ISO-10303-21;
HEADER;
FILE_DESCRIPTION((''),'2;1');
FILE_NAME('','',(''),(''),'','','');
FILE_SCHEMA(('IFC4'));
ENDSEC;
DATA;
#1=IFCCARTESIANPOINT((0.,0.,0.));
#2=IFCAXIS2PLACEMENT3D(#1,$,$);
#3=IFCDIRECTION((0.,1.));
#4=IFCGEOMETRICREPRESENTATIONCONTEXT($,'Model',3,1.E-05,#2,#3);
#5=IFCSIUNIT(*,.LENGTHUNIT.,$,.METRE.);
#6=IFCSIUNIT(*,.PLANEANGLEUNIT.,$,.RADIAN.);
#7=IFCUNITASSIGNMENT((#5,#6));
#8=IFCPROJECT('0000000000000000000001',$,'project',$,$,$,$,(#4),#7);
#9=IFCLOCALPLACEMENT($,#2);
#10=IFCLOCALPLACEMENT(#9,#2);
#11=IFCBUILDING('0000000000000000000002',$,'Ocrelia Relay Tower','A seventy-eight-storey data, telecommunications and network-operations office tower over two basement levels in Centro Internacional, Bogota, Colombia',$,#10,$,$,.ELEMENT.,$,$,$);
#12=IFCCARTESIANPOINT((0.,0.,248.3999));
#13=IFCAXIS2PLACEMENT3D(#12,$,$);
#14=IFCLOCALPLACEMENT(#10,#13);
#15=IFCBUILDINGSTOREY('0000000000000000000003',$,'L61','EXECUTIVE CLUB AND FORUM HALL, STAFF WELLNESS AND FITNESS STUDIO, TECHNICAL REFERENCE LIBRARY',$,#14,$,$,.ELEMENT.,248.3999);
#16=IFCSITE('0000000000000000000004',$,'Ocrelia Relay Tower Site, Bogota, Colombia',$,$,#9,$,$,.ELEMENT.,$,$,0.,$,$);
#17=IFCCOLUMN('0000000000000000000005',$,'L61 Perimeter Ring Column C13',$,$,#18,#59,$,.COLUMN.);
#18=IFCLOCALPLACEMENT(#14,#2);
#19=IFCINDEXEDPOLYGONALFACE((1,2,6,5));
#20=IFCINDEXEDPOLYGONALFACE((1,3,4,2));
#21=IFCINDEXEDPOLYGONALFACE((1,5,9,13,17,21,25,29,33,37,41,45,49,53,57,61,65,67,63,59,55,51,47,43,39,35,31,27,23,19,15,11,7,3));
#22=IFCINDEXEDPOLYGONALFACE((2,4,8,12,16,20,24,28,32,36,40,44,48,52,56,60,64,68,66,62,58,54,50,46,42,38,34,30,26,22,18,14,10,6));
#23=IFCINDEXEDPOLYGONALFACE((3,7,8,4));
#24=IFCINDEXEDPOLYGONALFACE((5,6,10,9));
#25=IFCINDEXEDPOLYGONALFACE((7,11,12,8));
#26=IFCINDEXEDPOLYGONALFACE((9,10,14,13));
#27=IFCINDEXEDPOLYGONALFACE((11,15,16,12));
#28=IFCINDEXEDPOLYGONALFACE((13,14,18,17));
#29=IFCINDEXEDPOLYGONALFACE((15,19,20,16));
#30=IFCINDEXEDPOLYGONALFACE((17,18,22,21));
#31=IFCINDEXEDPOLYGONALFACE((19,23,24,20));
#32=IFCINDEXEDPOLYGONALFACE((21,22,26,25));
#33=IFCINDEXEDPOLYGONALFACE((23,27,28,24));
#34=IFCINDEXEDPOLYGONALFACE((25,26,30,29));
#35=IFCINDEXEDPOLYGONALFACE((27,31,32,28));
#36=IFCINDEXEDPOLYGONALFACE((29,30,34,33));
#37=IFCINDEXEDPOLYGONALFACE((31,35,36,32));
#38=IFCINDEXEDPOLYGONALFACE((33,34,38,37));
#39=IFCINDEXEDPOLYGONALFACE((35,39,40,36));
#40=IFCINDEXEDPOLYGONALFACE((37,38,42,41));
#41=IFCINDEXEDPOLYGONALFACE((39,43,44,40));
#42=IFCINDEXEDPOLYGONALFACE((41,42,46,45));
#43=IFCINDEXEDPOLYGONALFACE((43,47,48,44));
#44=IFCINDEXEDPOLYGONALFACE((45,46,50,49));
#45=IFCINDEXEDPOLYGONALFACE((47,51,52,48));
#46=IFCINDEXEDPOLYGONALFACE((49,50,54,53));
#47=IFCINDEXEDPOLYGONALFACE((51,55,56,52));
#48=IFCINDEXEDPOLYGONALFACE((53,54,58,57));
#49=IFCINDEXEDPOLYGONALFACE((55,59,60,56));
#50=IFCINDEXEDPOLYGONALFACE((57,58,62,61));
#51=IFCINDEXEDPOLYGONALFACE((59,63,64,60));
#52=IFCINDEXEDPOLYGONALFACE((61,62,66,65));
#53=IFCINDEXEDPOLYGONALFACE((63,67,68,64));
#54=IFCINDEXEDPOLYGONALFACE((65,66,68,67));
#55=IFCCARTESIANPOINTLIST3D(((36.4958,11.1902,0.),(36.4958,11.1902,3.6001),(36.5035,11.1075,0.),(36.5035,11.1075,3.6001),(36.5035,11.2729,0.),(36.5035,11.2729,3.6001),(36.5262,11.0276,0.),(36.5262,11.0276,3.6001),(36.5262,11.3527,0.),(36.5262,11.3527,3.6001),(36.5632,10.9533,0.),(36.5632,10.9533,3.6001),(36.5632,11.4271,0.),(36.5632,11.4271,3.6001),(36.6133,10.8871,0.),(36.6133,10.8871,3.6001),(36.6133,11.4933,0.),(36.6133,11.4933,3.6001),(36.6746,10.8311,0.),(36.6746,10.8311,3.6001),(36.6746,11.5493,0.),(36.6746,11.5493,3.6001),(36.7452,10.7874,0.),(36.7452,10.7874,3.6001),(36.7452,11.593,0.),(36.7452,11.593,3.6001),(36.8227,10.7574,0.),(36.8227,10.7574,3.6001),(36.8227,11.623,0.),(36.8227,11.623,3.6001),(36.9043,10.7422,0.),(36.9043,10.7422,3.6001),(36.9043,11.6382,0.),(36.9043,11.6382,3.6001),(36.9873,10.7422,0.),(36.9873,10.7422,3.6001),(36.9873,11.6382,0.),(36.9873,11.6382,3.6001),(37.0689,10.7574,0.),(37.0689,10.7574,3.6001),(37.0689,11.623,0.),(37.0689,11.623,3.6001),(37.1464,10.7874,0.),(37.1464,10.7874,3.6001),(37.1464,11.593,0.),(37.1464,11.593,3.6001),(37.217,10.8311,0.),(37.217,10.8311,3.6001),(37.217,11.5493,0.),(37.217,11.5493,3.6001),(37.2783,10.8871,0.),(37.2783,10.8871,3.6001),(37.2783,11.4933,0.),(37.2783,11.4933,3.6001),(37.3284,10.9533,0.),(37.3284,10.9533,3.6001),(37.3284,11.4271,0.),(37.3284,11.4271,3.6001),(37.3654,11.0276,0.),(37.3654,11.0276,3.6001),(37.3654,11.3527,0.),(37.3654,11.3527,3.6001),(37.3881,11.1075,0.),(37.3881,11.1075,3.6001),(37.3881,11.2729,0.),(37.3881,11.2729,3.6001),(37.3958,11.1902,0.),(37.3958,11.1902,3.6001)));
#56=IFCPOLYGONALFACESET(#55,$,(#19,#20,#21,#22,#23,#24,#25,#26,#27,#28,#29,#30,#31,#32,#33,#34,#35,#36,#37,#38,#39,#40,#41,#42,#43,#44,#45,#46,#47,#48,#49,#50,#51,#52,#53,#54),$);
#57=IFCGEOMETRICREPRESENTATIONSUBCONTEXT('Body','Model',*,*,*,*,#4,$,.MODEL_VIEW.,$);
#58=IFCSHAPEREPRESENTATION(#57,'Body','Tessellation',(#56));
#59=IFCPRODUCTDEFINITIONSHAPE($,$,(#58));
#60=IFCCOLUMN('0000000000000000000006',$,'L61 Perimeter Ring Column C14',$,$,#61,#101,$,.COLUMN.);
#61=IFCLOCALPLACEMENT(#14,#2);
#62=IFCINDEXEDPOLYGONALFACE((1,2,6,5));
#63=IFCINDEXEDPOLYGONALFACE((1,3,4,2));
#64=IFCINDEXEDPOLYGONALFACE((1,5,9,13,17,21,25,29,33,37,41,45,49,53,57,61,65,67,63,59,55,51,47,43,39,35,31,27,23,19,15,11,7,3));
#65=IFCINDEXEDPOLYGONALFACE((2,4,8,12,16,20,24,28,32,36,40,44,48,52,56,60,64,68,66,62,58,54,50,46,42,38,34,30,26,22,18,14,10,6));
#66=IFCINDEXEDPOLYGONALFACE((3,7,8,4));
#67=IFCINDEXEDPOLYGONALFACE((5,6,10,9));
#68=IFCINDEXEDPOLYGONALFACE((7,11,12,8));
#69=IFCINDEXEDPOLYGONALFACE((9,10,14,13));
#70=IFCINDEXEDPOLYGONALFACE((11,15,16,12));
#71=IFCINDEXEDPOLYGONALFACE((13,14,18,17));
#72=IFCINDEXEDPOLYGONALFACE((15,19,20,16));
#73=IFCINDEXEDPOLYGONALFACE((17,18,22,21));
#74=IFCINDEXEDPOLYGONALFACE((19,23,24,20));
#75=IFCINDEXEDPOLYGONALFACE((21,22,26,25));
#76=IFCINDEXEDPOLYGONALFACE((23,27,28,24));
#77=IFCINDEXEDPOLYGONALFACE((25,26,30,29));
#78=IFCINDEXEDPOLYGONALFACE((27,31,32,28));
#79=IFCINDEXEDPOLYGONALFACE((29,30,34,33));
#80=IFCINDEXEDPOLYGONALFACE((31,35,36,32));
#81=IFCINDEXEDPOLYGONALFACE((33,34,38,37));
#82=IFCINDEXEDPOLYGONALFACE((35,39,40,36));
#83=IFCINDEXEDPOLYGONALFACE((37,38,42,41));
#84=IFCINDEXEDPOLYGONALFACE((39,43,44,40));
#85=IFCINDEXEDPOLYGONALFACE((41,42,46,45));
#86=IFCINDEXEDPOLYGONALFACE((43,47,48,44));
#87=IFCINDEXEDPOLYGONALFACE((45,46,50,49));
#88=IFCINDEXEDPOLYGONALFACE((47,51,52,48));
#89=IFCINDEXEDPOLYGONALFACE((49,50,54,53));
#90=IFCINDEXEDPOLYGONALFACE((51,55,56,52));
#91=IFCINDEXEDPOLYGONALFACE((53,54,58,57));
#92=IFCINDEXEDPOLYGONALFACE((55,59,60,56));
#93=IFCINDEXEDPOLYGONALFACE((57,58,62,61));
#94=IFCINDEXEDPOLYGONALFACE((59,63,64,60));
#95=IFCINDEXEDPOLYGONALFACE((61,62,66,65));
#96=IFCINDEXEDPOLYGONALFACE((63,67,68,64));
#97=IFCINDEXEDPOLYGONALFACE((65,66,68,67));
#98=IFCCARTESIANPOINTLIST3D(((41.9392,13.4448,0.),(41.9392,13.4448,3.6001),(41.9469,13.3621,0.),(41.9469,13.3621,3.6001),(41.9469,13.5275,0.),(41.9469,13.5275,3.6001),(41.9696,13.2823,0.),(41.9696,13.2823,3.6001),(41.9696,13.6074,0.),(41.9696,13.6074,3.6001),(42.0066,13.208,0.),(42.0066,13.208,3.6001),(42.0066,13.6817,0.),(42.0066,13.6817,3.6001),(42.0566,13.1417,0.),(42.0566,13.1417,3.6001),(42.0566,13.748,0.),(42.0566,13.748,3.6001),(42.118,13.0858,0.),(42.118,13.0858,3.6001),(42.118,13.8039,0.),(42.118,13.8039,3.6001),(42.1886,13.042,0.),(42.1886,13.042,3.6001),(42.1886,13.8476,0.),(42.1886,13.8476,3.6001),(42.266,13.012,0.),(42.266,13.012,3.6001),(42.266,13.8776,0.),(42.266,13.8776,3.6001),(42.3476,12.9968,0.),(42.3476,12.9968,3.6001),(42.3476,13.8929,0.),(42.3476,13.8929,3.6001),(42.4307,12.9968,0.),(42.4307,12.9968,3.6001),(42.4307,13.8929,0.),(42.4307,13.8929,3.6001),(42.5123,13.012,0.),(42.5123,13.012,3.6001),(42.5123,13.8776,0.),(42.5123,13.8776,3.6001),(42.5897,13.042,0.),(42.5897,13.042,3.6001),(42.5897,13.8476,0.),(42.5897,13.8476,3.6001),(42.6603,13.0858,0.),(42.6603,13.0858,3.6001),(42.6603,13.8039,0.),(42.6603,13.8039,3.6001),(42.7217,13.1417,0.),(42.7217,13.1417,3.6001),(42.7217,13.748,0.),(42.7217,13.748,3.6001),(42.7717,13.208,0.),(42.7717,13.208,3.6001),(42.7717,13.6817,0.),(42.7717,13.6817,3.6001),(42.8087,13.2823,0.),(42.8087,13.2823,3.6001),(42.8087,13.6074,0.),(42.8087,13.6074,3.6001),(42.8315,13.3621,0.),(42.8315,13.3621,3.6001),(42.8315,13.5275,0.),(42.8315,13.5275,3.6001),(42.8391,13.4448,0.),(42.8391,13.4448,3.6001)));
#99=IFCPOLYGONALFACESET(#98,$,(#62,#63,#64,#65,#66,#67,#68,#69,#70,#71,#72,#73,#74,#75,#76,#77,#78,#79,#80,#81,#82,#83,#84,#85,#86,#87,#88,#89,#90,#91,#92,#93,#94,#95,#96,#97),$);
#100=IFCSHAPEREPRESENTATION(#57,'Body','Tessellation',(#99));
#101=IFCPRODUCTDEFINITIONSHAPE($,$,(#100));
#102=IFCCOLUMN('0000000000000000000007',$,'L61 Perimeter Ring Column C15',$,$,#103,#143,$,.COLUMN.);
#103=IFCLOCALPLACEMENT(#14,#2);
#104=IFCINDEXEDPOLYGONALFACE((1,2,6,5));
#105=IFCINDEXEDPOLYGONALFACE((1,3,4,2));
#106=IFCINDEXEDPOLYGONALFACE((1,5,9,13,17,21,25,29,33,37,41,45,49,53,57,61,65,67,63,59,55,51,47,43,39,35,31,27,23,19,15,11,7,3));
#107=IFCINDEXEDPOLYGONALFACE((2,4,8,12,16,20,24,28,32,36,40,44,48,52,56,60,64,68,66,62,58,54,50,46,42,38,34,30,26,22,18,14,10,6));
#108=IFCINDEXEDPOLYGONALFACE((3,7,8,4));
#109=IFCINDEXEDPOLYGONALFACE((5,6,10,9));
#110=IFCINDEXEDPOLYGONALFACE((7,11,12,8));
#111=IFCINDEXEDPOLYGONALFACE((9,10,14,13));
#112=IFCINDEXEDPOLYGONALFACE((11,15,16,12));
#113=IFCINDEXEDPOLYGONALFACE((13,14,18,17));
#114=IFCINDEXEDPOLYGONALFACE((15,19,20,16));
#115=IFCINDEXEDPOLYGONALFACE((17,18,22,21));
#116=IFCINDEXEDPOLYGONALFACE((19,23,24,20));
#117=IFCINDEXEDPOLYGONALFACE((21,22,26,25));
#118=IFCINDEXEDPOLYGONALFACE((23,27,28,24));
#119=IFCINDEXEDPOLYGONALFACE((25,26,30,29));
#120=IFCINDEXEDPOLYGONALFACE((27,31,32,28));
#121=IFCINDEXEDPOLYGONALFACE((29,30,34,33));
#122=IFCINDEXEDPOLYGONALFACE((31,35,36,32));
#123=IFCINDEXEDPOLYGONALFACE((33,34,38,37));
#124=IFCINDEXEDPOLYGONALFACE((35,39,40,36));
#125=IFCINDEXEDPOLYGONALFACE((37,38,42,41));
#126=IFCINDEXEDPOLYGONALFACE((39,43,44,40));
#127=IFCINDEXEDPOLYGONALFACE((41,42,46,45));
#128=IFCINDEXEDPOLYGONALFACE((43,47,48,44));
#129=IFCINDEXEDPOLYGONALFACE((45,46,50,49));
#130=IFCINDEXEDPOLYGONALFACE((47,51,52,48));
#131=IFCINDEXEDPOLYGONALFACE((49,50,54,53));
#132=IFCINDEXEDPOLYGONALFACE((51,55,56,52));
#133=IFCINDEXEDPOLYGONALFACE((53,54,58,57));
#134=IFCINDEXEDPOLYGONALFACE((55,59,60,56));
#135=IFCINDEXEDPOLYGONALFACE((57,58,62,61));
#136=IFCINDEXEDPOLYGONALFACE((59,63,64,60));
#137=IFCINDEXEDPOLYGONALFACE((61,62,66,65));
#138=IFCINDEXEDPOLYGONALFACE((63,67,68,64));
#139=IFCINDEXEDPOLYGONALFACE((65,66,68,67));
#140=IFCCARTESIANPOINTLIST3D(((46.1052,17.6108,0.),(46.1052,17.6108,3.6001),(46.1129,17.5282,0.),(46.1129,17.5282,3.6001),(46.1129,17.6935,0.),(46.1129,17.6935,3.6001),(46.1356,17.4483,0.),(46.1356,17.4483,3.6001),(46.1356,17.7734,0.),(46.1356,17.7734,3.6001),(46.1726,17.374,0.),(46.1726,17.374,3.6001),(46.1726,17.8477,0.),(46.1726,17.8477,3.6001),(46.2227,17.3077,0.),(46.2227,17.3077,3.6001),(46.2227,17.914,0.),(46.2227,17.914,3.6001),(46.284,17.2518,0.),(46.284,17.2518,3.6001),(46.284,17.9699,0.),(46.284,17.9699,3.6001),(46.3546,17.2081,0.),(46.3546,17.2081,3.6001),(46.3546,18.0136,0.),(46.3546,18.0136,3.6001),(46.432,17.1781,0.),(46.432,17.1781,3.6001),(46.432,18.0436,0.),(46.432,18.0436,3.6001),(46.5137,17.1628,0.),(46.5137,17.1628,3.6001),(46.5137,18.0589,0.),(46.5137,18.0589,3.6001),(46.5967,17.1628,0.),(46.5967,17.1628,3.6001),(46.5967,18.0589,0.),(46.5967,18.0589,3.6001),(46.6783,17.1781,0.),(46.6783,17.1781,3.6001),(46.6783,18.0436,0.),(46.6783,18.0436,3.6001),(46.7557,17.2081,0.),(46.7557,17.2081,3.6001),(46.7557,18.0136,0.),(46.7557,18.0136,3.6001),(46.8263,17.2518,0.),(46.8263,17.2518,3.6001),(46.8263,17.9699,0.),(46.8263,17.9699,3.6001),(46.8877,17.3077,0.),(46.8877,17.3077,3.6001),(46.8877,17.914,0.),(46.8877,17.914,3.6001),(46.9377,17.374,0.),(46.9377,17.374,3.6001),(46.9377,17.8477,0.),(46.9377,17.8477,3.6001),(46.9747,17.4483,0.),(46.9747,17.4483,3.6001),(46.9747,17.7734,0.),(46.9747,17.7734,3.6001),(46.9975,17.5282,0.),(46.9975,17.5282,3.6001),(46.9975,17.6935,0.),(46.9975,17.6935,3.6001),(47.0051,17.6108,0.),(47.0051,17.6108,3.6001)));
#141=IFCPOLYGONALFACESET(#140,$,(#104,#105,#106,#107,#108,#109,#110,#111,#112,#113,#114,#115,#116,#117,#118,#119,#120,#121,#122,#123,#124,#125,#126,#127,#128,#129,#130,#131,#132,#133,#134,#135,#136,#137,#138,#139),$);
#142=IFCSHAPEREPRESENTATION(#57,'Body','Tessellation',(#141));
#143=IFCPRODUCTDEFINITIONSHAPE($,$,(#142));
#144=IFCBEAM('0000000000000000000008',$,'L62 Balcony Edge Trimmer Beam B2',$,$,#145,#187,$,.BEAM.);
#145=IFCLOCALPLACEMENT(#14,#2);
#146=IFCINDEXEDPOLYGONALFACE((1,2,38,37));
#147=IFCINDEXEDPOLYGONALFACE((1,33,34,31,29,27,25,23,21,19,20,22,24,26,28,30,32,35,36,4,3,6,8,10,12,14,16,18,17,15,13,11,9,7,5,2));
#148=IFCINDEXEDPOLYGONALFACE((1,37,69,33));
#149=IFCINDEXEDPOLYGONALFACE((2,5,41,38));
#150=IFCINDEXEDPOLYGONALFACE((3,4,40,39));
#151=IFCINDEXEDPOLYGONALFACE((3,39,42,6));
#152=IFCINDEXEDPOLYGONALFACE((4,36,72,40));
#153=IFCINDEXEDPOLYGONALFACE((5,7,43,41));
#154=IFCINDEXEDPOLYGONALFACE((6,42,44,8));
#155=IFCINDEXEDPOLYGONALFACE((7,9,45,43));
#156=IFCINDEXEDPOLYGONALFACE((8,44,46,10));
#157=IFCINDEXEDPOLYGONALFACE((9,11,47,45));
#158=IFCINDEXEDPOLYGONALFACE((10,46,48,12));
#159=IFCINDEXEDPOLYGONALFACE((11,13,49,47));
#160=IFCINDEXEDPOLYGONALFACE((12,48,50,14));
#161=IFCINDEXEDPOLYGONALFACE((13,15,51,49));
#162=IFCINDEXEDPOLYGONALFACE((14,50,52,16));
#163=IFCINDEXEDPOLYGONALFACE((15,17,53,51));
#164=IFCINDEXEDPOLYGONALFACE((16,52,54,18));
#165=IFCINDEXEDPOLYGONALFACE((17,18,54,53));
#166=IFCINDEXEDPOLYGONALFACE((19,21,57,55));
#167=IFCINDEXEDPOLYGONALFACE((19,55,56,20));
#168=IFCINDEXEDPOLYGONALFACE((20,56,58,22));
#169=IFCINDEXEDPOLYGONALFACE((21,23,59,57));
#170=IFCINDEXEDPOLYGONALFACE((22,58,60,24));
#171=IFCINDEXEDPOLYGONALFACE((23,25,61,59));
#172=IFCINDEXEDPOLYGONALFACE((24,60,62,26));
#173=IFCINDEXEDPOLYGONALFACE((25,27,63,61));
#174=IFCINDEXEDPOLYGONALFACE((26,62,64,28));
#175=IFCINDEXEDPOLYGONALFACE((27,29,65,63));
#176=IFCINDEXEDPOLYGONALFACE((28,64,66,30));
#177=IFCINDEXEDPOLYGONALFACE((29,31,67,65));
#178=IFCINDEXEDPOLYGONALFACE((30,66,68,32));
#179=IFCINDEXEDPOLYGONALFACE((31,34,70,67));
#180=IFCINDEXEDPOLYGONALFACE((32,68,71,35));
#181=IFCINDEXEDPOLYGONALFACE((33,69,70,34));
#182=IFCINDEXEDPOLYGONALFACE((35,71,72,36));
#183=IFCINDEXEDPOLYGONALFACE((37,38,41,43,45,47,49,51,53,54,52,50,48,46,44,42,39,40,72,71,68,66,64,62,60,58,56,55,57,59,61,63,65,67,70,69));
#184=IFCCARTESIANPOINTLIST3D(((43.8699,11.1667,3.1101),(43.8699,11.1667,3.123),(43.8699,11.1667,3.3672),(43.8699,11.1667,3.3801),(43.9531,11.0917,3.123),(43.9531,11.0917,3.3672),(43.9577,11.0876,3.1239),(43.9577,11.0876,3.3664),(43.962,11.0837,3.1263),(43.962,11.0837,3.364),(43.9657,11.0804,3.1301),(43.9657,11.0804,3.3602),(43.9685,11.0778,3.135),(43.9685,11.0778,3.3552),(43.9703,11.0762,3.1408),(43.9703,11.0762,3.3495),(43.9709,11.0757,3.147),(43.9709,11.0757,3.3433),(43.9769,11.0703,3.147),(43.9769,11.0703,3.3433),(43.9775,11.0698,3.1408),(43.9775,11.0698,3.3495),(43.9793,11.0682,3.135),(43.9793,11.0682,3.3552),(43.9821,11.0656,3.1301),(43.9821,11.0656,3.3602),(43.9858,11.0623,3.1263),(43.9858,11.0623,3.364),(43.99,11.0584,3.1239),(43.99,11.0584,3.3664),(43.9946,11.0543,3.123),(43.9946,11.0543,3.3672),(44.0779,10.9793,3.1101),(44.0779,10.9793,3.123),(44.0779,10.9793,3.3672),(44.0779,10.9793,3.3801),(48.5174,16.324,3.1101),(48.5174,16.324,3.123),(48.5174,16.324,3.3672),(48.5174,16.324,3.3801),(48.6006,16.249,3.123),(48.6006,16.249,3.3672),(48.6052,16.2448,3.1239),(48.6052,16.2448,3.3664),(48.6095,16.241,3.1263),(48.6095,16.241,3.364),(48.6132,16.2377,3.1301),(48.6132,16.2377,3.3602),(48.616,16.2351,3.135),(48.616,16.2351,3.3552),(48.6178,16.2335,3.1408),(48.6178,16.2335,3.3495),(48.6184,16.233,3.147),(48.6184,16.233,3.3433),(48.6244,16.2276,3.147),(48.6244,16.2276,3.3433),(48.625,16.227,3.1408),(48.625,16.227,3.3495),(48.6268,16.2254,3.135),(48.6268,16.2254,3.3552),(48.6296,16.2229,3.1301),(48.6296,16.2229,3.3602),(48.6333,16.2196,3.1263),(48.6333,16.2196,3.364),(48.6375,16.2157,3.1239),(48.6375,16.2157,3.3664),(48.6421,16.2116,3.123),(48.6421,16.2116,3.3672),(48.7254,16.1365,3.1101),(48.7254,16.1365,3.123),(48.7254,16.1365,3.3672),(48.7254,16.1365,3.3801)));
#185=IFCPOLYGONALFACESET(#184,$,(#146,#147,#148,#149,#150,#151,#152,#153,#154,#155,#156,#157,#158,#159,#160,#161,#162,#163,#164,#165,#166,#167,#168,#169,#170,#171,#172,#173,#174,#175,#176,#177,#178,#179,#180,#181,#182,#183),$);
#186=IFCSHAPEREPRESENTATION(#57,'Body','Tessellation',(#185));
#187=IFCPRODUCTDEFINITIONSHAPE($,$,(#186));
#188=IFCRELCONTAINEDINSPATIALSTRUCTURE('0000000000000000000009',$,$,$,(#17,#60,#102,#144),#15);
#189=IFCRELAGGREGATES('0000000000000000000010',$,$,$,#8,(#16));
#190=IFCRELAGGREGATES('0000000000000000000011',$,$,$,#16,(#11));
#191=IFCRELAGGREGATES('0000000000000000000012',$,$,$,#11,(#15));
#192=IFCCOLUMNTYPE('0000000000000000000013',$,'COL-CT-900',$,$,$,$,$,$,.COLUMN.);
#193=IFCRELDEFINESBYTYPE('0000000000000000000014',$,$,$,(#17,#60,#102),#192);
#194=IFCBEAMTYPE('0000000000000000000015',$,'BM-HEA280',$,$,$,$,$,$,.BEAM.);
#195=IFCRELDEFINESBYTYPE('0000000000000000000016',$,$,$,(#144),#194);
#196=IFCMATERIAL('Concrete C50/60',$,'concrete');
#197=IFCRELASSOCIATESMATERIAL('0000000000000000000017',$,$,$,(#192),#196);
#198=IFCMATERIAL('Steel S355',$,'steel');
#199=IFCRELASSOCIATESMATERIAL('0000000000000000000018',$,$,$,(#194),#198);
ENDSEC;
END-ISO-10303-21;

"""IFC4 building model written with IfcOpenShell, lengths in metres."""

from ifc_helpers import new_model, si_unit, direction, frame, origin, origin_2d, place, context, subcontext, project, spatial, circle, i_section, extrude, material, material_profile, profile_set, type_object, element, save


model = new_model("IFC4")

# Units and contexts
model_context = context("Model", 3, precision=1e-05, world=origin(), true_north=direction((0.0, 1.0)))
body_context = subcontext(model_context, "Body", "Model", "MODEL_VIEW")
ifc_project = project(units=[si_unit("LENGTHUNIT", "METRE"), si_unit("PLANEANGLEUNIT", "RADIAN")], contexts=[model_context])

# Site, building, storey
site_placement = place(None, origin())
site = spatial("IfcSite", under=ifc_project, at=site_placement, Name="Ocrelia Relay Tower Site, Bogota, Colombia", CompositionType="ELEMENT", RefElevation=0.0)
building_placement = place(site_placement, origin())
building = spatial("IfcBuilding", under=site, at=building_placement, Name="Ocrelia Relay Tower", Description="A seventy-eight-storey data, telecommunications and network-operations office tower over two basement levels in Centro Internacional, Bogota, Colombia", CompositionType="ELEMENT")
storey_placement = place(building_placement, frame((0.0, 0.0, 248.3999)))
storey = spatial("IfcBuildingStorey", under=building, at=storey_placement, Name="L61", Description="EXECUTIVE CLUB AND FORUM HALL, STAFF WELLNESS AND FITNESS STUDIO, TECHNICAL REFERENCE LIBRARY", CompositionType="ELEMENT", Elevation=248.3999)

# Columns
ifc_material_1 = material(Name="Concrete C50/60", Category="concrete")
ifc_material_profile_1 = material_profile(ifc_material_1, circle(Radius=0.45, at=origin_2d()), Name="RC-CIR-900")
ifc_profile_set_1 = profile_set([ifc_material_profile_1], Name="Concrete C50/60")
column_type = type_object("IfcColumnType", Name="COL-CT-900", PredefinedType="COLUMN", material=ifc_profile_set_1)
for number, where, z_axis, x_axis, name in (
    (1, (36.9458, 11.1902, 0.0), (0.0, 0.0, 1.0), (1.0, 0.0, 0.0), "L61 Perimeter Ring Column C13"),
    (2, (42.3892, 13.4448, 0.0), (0.0, 0.0, 1.0), (1.0, 0.0, 0.0), "L61 Perimeter Ring Column C14"),
    (3, (46.5552, 17.6108, 0.0), (0.0, 0.0, 1.0), (1.0, 0.0, 0.0), "L61 Perimeter Ring Column C15"),
):
    element("IfcColumn", number, at=place(storey_placement, frame(where, z_axis=z_axis, x_axis=x_axis)), inside=storey, type_object=column_type, Name=name, PredefinedType="COLUMN", context=body_context, shape_type="SweptSolid", body=[
        extrude(circle(Radius=0.45, at=origin_2d()), origin(), (0.0, 0.0, 1.0), 3.6001),
    ])

# Beam
ifc_material_2 = material(Name="Steel S355", Category="steel")
ifc_material_profile_2 = material_profile(ifc_material_2, i_section(OverallWidth=0.28, OverallDepth=0.27, WebThickness=0.0081, FlangeThickness=0.0129, FilletRadius=0.0239, at=origin_2d()), Name="HEA 280")
ifc_profile_set_2 = profile_set([ifc_material_profile_2], Name="Steel S355")
beam_type_1 = type_object("IfcBeamType", Name="BM-HEA280", PredefinedType="BEAM", material=ifc_profile_set_2)
beam_1_placement = place(storey_placement, frame((43.9739, 11.073, 3.2451), z_axis=(0.669439, 0.742867, 0.0), x_axis=(-0.742867, 0.669439, 0.0)))
element("IfcBeam", 4, at=beam_1_placement, inside=storey, type_object=beam_type_1, Name="L62 Balcony Edge Trimmer Beam B2", PredefinedType="BEAM", context=body_context, shape_type="SweptSolid", body=[
    extrude(i_section(OverallWidth=0.28, OverallDepth=0.27, WebThickness=0.0081, FlangeThickness=0.0129, FilletRadius=0.0239, at=origin_2d()), origin(), (0.0, 0.0, 1.0), 6.9424),
])

save(model, "model.ifc")
